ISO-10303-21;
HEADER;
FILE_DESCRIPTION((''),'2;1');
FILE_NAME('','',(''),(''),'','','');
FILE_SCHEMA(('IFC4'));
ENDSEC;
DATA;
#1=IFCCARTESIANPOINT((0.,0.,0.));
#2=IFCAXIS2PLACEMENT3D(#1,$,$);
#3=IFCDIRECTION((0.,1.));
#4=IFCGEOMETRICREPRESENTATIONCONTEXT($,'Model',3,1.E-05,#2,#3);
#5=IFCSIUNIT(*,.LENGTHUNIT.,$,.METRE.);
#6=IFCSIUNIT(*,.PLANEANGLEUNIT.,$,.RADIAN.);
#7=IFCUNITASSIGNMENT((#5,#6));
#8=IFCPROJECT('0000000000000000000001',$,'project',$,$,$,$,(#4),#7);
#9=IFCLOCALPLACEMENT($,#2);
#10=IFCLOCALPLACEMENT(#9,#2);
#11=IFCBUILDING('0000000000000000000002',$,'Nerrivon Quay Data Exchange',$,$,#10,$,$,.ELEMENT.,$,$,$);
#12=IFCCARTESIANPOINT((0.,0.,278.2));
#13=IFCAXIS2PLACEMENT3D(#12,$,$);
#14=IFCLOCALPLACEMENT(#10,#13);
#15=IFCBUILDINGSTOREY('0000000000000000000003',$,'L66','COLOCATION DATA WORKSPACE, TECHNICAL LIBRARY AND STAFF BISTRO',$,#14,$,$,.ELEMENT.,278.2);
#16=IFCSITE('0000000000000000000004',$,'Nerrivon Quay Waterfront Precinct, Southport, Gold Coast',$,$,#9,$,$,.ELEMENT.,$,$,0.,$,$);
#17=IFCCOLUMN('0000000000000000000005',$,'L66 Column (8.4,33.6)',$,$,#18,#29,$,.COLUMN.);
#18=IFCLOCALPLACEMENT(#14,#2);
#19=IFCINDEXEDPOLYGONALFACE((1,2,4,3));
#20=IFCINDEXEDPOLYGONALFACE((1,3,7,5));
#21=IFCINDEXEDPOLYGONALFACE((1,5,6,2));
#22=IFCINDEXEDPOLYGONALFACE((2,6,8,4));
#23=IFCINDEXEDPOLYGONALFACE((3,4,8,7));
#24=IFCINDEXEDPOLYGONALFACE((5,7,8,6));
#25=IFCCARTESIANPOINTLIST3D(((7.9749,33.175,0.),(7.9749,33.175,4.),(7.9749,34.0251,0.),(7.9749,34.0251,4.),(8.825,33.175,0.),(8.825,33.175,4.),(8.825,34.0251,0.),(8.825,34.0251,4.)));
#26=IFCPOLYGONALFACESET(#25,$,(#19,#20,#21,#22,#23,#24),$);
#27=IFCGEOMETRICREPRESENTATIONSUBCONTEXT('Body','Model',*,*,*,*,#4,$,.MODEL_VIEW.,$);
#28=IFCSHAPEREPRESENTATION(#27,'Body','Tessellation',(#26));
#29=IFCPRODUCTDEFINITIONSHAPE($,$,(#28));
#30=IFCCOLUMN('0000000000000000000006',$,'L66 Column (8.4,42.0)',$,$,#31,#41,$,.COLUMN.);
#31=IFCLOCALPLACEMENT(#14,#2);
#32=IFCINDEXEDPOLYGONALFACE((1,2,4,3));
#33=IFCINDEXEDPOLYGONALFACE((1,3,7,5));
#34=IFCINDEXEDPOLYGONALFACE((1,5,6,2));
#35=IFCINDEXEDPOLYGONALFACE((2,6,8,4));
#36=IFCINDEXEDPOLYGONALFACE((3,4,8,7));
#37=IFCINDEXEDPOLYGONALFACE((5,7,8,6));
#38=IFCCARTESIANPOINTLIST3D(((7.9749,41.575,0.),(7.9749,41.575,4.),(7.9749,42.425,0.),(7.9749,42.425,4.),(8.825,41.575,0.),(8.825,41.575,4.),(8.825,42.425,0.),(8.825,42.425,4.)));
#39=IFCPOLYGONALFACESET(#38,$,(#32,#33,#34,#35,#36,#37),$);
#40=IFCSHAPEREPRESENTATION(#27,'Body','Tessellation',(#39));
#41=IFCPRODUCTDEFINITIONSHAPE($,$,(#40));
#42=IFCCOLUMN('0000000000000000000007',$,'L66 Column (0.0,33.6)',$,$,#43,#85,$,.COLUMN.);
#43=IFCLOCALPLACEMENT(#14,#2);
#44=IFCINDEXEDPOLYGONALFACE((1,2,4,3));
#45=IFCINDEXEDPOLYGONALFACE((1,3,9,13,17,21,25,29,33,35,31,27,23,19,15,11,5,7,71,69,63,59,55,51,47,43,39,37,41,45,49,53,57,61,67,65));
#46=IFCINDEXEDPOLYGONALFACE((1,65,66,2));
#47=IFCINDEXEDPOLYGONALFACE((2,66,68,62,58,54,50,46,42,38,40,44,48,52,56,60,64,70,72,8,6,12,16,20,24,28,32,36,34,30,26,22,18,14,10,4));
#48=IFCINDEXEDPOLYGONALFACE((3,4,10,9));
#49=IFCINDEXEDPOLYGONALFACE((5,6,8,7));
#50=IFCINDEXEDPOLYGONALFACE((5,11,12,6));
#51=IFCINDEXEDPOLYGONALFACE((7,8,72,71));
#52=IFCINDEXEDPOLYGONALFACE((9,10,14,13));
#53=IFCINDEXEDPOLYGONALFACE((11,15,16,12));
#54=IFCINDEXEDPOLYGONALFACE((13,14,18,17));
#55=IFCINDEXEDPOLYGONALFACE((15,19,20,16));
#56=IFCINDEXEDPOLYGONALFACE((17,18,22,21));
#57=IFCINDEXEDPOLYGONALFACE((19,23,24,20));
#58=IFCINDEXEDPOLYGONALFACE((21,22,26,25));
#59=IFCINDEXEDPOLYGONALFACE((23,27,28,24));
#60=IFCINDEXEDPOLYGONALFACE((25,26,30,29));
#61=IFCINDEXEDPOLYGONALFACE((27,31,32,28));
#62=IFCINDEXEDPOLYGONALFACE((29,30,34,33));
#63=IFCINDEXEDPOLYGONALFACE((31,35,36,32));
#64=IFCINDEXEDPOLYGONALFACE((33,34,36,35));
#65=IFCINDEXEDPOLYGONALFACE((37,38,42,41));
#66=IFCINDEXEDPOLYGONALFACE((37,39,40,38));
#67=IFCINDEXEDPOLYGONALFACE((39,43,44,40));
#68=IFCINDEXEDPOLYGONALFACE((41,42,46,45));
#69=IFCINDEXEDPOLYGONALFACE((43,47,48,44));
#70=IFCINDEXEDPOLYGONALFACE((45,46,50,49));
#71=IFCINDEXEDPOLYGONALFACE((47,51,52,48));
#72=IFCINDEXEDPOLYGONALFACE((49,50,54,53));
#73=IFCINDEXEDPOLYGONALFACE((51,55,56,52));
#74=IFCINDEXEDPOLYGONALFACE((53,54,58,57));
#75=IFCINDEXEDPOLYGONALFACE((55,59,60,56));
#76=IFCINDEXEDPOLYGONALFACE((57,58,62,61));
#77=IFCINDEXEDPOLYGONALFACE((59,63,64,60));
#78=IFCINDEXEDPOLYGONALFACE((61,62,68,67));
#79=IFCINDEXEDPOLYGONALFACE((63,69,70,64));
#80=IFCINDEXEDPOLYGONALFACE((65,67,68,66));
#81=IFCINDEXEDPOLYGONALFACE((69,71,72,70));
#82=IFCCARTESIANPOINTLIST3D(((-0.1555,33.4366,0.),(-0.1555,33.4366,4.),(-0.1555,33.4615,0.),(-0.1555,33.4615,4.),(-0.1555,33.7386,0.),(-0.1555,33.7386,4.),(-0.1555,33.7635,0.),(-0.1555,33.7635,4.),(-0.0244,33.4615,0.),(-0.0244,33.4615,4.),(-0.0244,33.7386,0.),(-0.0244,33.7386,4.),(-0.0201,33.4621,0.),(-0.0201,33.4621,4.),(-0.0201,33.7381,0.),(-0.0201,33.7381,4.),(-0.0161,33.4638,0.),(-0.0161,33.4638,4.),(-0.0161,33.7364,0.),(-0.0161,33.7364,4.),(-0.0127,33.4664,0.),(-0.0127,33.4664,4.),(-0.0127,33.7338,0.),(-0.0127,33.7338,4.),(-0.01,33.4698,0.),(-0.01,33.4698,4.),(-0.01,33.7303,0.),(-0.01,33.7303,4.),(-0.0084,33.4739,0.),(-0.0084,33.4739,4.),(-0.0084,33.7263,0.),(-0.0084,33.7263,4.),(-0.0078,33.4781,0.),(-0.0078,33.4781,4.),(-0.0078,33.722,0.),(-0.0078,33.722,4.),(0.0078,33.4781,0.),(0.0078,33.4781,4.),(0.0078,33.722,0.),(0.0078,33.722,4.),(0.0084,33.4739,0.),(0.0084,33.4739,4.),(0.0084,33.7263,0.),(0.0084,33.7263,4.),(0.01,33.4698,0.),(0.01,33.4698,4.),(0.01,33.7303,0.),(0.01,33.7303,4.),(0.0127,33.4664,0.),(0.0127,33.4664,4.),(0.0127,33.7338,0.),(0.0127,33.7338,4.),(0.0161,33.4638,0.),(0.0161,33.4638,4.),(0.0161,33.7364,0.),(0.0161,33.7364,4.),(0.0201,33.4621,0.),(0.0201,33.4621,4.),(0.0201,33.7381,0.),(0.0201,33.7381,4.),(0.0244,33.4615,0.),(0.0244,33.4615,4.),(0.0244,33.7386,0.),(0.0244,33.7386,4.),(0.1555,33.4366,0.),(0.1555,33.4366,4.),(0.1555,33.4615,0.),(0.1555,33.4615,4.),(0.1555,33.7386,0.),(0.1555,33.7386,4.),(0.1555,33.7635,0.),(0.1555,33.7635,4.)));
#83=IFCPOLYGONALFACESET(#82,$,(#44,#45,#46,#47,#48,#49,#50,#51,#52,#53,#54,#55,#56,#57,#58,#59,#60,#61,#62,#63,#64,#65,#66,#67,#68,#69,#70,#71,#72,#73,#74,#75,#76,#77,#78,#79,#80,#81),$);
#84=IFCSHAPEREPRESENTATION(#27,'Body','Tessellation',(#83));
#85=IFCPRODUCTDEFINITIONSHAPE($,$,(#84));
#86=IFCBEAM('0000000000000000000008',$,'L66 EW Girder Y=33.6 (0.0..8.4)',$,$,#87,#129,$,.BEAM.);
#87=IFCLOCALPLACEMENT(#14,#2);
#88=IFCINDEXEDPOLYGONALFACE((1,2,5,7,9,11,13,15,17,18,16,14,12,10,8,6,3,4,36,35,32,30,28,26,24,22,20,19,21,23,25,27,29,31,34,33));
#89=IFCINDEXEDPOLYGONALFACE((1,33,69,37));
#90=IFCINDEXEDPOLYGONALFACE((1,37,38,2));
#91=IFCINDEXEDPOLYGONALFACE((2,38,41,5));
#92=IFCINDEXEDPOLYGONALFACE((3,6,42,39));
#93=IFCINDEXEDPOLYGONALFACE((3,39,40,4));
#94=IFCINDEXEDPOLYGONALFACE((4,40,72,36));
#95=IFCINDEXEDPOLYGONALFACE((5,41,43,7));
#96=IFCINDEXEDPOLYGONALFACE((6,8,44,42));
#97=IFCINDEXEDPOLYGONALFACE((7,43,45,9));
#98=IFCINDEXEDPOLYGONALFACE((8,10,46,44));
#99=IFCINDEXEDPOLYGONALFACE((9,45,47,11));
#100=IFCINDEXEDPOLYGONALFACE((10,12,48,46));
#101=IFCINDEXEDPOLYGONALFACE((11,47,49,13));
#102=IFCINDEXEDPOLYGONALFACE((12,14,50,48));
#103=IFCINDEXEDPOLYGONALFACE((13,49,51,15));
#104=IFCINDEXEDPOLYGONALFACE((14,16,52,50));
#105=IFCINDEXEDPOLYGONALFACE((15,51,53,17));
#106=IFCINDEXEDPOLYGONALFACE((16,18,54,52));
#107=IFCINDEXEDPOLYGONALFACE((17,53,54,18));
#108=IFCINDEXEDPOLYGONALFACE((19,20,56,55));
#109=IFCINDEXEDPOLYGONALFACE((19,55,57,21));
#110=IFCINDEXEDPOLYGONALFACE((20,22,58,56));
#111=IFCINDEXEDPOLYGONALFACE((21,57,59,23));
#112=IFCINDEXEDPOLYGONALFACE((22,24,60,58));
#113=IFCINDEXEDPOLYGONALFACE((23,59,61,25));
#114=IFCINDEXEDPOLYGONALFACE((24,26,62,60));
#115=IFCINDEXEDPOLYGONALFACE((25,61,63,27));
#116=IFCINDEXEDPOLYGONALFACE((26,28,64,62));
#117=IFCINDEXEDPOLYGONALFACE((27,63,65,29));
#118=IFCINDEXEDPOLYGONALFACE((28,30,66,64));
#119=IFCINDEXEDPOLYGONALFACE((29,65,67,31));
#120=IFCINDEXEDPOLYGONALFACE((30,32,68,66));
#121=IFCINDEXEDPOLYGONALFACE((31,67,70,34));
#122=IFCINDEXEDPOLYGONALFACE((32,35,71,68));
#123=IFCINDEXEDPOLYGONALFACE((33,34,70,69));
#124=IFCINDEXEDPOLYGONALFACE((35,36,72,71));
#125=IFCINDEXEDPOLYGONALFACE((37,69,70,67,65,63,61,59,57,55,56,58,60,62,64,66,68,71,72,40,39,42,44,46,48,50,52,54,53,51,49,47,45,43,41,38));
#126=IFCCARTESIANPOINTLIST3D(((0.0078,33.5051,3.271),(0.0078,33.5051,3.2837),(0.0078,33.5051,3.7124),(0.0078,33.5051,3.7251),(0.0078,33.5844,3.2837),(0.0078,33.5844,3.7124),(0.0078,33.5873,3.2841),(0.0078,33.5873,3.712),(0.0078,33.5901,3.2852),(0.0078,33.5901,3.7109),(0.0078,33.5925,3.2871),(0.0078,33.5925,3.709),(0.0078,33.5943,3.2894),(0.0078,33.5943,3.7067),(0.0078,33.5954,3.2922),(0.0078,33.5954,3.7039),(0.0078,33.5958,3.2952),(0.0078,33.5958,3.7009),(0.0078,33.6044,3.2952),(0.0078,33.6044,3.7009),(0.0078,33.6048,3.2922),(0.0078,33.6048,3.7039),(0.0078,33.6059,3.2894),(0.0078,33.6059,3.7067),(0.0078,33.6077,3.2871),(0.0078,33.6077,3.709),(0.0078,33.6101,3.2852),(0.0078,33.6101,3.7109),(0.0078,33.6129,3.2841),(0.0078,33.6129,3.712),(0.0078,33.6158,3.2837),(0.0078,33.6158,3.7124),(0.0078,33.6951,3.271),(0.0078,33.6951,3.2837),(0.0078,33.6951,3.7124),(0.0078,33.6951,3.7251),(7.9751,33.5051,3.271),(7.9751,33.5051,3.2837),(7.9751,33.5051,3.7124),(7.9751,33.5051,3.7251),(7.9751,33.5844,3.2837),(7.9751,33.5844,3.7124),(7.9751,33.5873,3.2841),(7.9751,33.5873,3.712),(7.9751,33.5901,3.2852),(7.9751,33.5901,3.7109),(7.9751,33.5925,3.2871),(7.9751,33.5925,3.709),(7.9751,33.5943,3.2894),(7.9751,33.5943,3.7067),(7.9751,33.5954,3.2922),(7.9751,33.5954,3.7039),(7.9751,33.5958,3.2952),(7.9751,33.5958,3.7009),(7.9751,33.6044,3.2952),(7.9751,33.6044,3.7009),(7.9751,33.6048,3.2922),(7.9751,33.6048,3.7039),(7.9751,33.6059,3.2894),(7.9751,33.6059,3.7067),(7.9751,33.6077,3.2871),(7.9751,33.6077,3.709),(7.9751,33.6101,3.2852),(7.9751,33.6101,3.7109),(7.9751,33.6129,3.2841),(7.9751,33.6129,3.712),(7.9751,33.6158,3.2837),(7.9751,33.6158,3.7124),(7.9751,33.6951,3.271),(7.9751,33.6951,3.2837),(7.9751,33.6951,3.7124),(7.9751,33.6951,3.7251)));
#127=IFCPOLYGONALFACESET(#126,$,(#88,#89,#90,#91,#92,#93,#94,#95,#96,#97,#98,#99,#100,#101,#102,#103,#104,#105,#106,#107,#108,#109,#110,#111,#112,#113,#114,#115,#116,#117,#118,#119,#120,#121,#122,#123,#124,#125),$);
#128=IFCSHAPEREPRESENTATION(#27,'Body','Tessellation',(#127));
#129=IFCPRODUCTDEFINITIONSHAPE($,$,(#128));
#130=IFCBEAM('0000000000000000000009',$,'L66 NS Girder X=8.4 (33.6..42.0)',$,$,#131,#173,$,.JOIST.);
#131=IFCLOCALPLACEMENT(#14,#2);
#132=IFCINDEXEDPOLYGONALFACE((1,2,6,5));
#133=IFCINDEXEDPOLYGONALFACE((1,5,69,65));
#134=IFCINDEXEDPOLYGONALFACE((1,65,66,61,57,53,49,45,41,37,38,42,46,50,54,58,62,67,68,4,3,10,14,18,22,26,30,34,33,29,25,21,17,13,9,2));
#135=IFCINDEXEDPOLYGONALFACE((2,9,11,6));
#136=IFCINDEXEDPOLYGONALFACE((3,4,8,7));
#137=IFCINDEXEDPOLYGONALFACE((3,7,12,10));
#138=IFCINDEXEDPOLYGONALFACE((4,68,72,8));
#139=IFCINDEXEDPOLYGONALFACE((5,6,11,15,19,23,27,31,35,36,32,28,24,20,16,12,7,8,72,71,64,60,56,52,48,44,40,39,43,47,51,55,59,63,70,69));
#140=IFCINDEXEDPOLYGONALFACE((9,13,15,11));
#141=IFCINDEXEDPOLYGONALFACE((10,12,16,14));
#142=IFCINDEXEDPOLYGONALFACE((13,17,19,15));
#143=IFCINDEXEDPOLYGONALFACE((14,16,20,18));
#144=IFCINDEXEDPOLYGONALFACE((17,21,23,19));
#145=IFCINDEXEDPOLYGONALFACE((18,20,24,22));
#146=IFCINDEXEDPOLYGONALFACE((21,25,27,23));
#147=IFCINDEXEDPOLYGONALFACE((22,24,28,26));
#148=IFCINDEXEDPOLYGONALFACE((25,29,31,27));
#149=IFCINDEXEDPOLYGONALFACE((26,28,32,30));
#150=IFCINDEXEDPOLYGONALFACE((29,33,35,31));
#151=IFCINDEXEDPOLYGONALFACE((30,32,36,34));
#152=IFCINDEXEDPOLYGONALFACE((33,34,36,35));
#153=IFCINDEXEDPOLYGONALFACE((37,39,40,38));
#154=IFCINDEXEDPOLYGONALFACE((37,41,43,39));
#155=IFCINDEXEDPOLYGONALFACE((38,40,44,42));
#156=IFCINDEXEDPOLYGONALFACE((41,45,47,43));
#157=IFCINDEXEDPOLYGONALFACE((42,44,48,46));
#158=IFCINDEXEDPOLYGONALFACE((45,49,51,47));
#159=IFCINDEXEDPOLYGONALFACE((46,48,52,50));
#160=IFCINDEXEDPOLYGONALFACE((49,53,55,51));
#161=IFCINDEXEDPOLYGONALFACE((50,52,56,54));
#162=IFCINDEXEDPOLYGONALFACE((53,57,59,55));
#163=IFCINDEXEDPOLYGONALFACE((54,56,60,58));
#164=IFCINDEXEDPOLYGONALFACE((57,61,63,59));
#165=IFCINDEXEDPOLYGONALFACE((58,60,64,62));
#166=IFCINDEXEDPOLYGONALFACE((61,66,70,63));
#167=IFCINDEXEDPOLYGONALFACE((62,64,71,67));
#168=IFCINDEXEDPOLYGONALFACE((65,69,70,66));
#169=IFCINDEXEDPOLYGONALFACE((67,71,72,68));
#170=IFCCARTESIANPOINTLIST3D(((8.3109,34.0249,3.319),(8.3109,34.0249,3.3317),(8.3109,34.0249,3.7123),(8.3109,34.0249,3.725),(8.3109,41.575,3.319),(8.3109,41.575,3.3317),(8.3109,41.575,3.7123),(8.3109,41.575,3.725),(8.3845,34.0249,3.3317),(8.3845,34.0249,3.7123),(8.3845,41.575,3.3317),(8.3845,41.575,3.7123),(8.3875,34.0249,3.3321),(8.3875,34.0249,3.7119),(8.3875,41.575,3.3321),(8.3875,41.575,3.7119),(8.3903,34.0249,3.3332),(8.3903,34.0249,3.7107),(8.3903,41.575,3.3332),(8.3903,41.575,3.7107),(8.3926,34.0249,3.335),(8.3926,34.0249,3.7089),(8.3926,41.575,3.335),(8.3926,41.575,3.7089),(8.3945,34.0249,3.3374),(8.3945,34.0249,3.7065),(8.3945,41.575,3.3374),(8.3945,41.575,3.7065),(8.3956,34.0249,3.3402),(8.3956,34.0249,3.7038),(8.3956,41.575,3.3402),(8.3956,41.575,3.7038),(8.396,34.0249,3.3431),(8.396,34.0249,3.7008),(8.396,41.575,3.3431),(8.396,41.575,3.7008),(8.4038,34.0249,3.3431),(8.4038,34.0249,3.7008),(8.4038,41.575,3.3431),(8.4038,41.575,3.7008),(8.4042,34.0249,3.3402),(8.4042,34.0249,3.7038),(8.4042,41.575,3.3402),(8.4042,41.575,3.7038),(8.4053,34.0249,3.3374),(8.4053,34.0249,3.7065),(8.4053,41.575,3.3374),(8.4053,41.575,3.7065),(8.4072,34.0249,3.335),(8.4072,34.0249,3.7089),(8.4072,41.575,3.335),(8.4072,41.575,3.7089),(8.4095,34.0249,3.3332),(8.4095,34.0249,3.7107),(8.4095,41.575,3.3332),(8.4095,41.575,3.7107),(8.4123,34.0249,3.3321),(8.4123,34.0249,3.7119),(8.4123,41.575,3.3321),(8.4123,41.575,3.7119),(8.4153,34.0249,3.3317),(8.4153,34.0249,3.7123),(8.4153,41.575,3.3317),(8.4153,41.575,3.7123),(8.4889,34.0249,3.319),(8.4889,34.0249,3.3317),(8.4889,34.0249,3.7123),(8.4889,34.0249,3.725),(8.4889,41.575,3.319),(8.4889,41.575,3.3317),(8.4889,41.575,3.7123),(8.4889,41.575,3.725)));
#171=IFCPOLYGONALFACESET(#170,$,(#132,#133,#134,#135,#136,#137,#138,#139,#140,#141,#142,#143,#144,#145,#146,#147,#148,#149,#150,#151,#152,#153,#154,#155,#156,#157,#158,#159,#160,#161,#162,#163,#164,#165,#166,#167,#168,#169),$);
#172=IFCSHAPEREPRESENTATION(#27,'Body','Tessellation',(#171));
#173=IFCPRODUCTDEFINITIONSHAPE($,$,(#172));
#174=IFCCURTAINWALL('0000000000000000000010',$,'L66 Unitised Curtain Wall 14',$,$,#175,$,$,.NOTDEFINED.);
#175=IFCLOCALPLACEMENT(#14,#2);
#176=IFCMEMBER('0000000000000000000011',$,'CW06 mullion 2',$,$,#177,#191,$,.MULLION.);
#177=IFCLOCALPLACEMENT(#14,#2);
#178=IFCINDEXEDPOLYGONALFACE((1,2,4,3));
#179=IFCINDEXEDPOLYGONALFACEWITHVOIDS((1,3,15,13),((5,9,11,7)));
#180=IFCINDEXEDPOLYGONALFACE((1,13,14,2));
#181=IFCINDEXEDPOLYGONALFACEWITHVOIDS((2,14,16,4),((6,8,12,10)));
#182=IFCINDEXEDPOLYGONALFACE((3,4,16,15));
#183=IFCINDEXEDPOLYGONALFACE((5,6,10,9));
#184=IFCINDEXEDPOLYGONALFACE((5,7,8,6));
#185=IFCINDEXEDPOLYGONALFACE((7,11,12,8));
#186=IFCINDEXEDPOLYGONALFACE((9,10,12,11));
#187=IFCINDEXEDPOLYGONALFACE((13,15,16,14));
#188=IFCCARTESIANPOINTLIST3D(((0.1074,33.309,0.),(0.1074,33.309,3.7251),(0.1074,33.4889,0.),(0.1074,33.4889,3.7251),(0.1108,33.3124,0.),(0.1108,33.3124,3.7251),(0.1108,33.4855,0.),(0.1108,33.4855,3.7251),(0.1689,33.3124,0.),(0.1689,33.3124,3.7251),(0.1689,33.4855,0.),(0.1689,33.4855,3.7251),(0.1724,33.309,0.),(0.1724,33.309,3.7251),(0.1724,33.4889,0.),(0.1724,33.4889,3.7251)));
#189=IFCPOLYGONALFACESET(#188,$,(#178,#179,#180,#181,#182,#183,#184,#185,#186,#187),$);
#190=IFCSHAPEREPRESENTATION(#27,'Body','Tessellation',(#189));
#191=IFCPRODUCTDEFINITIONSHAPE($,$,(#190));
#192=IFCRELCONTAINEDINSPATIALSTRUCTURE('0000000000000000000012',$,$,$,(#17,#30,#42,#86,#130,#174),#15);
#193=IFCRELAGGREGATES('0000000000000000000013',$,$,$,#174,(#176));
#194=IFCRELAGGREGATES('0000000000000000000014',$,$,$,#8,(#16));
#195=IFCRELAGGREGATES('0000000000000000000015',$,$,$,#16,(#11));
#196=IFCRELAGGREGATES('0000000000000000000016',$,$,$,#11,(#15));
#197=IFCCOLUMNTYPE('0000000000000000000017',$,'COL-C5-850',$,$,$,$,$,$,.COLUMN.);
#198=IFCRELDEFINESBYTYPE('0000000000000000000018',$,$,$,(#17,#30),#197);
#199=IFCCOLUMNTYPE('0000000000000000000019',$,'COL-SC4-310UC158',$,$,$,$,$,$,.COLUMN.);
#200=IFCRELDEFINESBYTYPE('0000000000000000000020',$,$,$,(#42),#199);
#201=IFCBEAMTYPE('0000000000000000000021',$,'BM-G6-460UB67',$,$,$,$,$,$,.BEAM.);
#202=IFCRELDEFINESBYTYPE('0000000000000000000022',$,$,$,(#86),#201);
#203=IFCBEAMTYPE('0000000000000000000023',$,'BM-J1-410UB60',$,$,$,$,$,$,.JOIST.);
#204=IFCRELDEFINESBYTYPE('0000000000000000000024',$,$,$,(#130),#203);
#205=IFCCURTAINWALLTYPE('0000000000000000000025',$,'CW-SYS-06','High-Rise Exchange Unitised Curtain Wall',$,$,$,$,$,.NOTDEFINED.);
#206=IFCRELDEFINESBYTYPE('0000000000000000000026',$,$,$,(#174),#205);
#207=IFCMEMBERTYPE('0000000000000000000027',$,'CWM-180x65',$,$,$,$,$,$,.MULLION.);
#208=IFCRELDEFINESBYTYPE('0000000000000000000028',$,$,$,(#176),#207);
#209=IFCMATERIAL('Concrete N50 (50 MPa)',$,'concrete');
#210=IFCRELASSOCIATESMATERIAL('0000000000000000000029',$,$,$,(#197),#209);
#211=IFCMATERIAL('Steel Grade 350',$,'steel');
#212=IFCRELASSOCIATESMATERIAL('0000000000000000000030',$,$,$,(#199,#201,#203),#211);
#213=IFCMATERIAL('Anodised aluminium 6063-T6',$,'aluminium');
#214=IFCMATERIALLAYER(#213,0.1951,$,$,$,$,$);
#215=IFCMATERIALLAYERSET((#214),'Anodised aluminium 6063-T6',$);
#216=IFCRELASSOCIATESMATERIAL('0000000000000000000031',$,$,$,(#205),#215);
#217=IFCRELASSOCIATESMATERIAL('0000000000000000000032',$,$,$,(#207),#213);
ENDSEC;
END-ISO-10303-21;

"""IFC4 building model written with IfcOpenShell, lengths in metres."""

from ifc_helpers import new_model, si_unit, direction, frame, origin, origin_2d, place, context, subcontext, project, spatial, rectangle, hollow_rectangle, i_section, extrude, material, layer, layer_set, material_profile, profile_set, type_object, element, aggregate, save


model = new_model("IFC4")

# Units and contexts
model_context = context("Model", 3, precision=1e-05, world=origin(), true_north=direction((0.0, 1.0)))
body_context = subcontext(model_context, "Body", "Model", "MODEL_VIEW")
ifc_project = project(units=[si_unit("LENGTHUNIT", "METRE"), si_unit("PLANEANGLEUNIT", "RADIAN")], contexts=[model_context])

# Site, building, storey
site_placement = place(None, origin())
site = spatial("IfcSite", under=ifc_project, at=site_placement, Name="Nerrivon Quay Waterfront Precinct, Southport, Gold Coast", CompositionType="ELEMENT", RefElevation=0.0)
building_placement = place(site_placement, origin())
building = spatial("IfcBuilding", under=site, at=building_placement, Name="Nerrivon Quay Data Exchange", CompositionType="ELEMENT")
storey_placement = place(building_placement, frame((0.0, 0.0, 278.2)))
storey = spatial("IfcBuildingStorey", under=building, at=storey_placement, Name="L66", Description="COLOCATION DATA WORKSPACE, TECHNICAL LIBRARY AND STAFF BISTRO", CompositionType="ELEMENT", Elevation=278.2)

# Columns
ifc_material_1 = material(Name="Concrete N50 (50 MPa)", Category="concrete")
ifc_material_profile_1 = material_profile(ifc_material_1, rectangle(XDim=0.8501, YDim=0.8501, at=origin_2d()), Name="RC-COL-850x850")
ifc_profile_set_1 = profile_set([ifc_material_profile_1], Name="Concrete N50 (50 MPa)")
column_type_1 = type_object("IfcColumnType", Name="COL-C5-850", PredefinedType="COLUMN", material=ifc_profile_set_1)
for number, where, z_axis, x_axis, name in (
    (1, (8.3999, 33.6001, 0.0), (0.0, 0.0, 1.0), (1.0, 0.0, 0.0), "L66 Column (8.4,33.6)"),
    (2, (8.3999, 42.0, 0.0), (0.0, 0.0, 1.0), (1.0, 0.0, 0.0), "L66 Column (8.4,42.0)"),
):
    element("IfcColumn", number, at=place(storey_placement, frame(where, z_axis=z_axis, x_axis=x_axis)), inside=storey, type_object=column_type_1, Name=name, PredefinedType="COLUMN", context=body_context, shape_type="SweptSolid", body=[
        extrude(rectangle(XDim=0.8501, YDim=0.8501, at=origin_2d()), origin(), (0.0, 0.0, 1.0), 4.0),
    ])
ifc_material_2 = material(Name="Steel Grade 350", Category="steel")
ifc_material_profile_2 = material_profile(ifc_material_2, i_section(OverallWidth=0.311, OverallDepth=0.3269, WebThickness=0.0156, FlangeThickness=0.0249, FilletRadius=0.0166, at=origin_2d()), Name="310UC158")
ifc_profile_set_2 = profile_set([ifc_material_profile_2], Name="Steel Grade 350")
column_type_2 = type_object("IfcColumnType", Name="COL-SC4-310UC158", PredefinedType="COLUMN", material=ifc_profile_set_2)
column_placement = place(storey_placement, frame((0.0, 33.6001, 0.0), z_axis=(0.0, 0.0, 1.0), x_axis=(1.0, 0.0, 0.0)))
element("IfcColumn", 3, at=column_placement, inside=storey, type_object=column_type_2, Name="L66 Column (0.0,33.6)", PredefinedType="COLUMN", context=body_context, shape_type="SweptSolid", body=[
    extrude(i_section(OverallWidth=0.311, OverallDepth=0.3269, WebThickness=0.0156, FlangeThickness=0.0249, FilletRadius=0.0166, at=origin_2d()), origin(), (0.0, 0.0, 1.0), 4.0),
])

# Beams
ifc_material_profile_3 = material_profile(ifc_material_2, i_section(OverallWidth=0.1899, OverallDepth=0.4541, WebThickness=0.0085, FlangeThickness=0.0127, FilletRadius=0.0115, at=origin_2d()), Name="460UB67.1")
ifc_profile_set_3 = profile_set([ifc_material_profile_3], Name="Steel Grade 350")
beam_type_1 = type_object("IfcBeamType", Name="BM-G6-460UB67", PredefinedType="BEAM", material=ifc_profile_set_3)
beam_1_placement = place(storey_placement, frame((0.0078, 33.6001, 3.498), z_axis=(1.0, 0.0, 0.0), x_axis=(0.0, 1.0, 0.0)))
element("IfcBeam", 4, at=beam_1_placement, inside=storey, type_object=beam_type_1, Name="L66 EW Girder Y=33.6 (0.0..8.4)", PredefinedType="BEAM", context=body_context, shape_type="SweptSolid", body=[
    extrude(i_section(OverallWidth=0.1899, OverallDepth=0.4541, WebThickness=0.0085, FlangeThickness=0.0127, FilletRadius=0.0115, at=origin_2d()), origin(), (0.0, 0.0, 1.0), 7.9673),
])
ifc_material_profile_4 = material_profile(ifc_material_2, i_section(OverallWidth=0.178, OverallDepth=0.406, WebThickness=0.0078, FlangeThickness=0.0127, FilletRadius=0.0115, at=origin_2d()), Name="410UB59.7")
ifc_profile_set_4 = profile_set([ifc_material_profile_4], Name="Steel Grade 350")
beam_type_2 = type_object("IfcBeamType", Name="BM-J1-410UB60", PredefinedType="JOIST", material=ifc_profile_set_4)
beam_2_placement = place(storey_placement, frame((8.3999, 34.0249, 3.522), z_axis=(0.0, 1.0, 0.0), x_axis=(-1.0, 0.0, 0.0)))
element("IfcBeam", 5, at=beam_2_placement, inside=storey, type_object=beam_type_2, Name="L66 NS Girder X=8.4 (33.6..42.0)", PredefinedType="JOIST", context=body_context, shape_type="SweptSolid", body=[
    extrude(i_section(OverallWidth=0.178, OverallDepth=0.406, WebThickness=0.0078, FlangeThickness=0.0127, FilletRadius=0.0115, at=origin_2d()), origin(), (0.0, 0.0, 1.0), 7.55),
])

# Curtain wall, member
ifc_material_3 = material(Name="Anodised aluminium 6063-T6", Category="aluminium")
ifc_layer_1 = layer(ifc_material_3, 0.1951)
ifc_layer_set_1 = layer_set([ifc_layer_1], Name="Anodised aluminium 6063-T6")
curtain_wall_type = type_object("IfcCurtainWallType", Name="CW-SYS-06", Description="High-Rise Exchange Unitised Curtain Wall", PredefinedType="NOTDEFINED", material=ifc_layer_set_1)
curtain_wall_1_placement = place(storey_placement, origin())
curtain_wall_1 = element("IfcCurtainWall", 6, at=curtain_wall_1_placement, inside=storey, type_object=curtain_wall_type, Name="L66 Unitised Curtain Wall 14", PredefinedType="NOTDEFINED")
ifc_material_profile_5 = material_profile(ifc_material_3, hollow_rectangle(XDim=0.0649, YDim=0.1799, WallThickness=0.0034, at=origin_2d()), Name="ALU-MULL-180x65")
ifc_profile_set_5 = profile_set([ifc_material_profile_5], Name="Anodised aluminium 6063-T6")
member_type_1 = type_object("IfcMemberType", Name="CWM-180x65", PredefinedType="MULLION", material=ifc_profile_set_5)
member_1_placement = place(storey_placement, frame((0.1399, 33.3989, 0.0), z_axis=(0.0, 0.0, 1.0), x_axis=(-1.0, 0.0, 0.0)))
member_1 = element("IfcMember", 7, at=member_1_placement, type_object=member_type_1, Name="CW06 mullion 2", PredefinedType="MULLION", context=body_context, shape_type="SweptSolid", body=[
    extrude(hollow_rectangle(XDim=0.0649, YDim=0.1799, WallThickness=0.0034, at=origin_2d()), origin(), (0.0, 0.0, 1.0), 3.7251),
])
aggregate(curtain_wall_1, [member_1])

save(model, "model.ifc")
